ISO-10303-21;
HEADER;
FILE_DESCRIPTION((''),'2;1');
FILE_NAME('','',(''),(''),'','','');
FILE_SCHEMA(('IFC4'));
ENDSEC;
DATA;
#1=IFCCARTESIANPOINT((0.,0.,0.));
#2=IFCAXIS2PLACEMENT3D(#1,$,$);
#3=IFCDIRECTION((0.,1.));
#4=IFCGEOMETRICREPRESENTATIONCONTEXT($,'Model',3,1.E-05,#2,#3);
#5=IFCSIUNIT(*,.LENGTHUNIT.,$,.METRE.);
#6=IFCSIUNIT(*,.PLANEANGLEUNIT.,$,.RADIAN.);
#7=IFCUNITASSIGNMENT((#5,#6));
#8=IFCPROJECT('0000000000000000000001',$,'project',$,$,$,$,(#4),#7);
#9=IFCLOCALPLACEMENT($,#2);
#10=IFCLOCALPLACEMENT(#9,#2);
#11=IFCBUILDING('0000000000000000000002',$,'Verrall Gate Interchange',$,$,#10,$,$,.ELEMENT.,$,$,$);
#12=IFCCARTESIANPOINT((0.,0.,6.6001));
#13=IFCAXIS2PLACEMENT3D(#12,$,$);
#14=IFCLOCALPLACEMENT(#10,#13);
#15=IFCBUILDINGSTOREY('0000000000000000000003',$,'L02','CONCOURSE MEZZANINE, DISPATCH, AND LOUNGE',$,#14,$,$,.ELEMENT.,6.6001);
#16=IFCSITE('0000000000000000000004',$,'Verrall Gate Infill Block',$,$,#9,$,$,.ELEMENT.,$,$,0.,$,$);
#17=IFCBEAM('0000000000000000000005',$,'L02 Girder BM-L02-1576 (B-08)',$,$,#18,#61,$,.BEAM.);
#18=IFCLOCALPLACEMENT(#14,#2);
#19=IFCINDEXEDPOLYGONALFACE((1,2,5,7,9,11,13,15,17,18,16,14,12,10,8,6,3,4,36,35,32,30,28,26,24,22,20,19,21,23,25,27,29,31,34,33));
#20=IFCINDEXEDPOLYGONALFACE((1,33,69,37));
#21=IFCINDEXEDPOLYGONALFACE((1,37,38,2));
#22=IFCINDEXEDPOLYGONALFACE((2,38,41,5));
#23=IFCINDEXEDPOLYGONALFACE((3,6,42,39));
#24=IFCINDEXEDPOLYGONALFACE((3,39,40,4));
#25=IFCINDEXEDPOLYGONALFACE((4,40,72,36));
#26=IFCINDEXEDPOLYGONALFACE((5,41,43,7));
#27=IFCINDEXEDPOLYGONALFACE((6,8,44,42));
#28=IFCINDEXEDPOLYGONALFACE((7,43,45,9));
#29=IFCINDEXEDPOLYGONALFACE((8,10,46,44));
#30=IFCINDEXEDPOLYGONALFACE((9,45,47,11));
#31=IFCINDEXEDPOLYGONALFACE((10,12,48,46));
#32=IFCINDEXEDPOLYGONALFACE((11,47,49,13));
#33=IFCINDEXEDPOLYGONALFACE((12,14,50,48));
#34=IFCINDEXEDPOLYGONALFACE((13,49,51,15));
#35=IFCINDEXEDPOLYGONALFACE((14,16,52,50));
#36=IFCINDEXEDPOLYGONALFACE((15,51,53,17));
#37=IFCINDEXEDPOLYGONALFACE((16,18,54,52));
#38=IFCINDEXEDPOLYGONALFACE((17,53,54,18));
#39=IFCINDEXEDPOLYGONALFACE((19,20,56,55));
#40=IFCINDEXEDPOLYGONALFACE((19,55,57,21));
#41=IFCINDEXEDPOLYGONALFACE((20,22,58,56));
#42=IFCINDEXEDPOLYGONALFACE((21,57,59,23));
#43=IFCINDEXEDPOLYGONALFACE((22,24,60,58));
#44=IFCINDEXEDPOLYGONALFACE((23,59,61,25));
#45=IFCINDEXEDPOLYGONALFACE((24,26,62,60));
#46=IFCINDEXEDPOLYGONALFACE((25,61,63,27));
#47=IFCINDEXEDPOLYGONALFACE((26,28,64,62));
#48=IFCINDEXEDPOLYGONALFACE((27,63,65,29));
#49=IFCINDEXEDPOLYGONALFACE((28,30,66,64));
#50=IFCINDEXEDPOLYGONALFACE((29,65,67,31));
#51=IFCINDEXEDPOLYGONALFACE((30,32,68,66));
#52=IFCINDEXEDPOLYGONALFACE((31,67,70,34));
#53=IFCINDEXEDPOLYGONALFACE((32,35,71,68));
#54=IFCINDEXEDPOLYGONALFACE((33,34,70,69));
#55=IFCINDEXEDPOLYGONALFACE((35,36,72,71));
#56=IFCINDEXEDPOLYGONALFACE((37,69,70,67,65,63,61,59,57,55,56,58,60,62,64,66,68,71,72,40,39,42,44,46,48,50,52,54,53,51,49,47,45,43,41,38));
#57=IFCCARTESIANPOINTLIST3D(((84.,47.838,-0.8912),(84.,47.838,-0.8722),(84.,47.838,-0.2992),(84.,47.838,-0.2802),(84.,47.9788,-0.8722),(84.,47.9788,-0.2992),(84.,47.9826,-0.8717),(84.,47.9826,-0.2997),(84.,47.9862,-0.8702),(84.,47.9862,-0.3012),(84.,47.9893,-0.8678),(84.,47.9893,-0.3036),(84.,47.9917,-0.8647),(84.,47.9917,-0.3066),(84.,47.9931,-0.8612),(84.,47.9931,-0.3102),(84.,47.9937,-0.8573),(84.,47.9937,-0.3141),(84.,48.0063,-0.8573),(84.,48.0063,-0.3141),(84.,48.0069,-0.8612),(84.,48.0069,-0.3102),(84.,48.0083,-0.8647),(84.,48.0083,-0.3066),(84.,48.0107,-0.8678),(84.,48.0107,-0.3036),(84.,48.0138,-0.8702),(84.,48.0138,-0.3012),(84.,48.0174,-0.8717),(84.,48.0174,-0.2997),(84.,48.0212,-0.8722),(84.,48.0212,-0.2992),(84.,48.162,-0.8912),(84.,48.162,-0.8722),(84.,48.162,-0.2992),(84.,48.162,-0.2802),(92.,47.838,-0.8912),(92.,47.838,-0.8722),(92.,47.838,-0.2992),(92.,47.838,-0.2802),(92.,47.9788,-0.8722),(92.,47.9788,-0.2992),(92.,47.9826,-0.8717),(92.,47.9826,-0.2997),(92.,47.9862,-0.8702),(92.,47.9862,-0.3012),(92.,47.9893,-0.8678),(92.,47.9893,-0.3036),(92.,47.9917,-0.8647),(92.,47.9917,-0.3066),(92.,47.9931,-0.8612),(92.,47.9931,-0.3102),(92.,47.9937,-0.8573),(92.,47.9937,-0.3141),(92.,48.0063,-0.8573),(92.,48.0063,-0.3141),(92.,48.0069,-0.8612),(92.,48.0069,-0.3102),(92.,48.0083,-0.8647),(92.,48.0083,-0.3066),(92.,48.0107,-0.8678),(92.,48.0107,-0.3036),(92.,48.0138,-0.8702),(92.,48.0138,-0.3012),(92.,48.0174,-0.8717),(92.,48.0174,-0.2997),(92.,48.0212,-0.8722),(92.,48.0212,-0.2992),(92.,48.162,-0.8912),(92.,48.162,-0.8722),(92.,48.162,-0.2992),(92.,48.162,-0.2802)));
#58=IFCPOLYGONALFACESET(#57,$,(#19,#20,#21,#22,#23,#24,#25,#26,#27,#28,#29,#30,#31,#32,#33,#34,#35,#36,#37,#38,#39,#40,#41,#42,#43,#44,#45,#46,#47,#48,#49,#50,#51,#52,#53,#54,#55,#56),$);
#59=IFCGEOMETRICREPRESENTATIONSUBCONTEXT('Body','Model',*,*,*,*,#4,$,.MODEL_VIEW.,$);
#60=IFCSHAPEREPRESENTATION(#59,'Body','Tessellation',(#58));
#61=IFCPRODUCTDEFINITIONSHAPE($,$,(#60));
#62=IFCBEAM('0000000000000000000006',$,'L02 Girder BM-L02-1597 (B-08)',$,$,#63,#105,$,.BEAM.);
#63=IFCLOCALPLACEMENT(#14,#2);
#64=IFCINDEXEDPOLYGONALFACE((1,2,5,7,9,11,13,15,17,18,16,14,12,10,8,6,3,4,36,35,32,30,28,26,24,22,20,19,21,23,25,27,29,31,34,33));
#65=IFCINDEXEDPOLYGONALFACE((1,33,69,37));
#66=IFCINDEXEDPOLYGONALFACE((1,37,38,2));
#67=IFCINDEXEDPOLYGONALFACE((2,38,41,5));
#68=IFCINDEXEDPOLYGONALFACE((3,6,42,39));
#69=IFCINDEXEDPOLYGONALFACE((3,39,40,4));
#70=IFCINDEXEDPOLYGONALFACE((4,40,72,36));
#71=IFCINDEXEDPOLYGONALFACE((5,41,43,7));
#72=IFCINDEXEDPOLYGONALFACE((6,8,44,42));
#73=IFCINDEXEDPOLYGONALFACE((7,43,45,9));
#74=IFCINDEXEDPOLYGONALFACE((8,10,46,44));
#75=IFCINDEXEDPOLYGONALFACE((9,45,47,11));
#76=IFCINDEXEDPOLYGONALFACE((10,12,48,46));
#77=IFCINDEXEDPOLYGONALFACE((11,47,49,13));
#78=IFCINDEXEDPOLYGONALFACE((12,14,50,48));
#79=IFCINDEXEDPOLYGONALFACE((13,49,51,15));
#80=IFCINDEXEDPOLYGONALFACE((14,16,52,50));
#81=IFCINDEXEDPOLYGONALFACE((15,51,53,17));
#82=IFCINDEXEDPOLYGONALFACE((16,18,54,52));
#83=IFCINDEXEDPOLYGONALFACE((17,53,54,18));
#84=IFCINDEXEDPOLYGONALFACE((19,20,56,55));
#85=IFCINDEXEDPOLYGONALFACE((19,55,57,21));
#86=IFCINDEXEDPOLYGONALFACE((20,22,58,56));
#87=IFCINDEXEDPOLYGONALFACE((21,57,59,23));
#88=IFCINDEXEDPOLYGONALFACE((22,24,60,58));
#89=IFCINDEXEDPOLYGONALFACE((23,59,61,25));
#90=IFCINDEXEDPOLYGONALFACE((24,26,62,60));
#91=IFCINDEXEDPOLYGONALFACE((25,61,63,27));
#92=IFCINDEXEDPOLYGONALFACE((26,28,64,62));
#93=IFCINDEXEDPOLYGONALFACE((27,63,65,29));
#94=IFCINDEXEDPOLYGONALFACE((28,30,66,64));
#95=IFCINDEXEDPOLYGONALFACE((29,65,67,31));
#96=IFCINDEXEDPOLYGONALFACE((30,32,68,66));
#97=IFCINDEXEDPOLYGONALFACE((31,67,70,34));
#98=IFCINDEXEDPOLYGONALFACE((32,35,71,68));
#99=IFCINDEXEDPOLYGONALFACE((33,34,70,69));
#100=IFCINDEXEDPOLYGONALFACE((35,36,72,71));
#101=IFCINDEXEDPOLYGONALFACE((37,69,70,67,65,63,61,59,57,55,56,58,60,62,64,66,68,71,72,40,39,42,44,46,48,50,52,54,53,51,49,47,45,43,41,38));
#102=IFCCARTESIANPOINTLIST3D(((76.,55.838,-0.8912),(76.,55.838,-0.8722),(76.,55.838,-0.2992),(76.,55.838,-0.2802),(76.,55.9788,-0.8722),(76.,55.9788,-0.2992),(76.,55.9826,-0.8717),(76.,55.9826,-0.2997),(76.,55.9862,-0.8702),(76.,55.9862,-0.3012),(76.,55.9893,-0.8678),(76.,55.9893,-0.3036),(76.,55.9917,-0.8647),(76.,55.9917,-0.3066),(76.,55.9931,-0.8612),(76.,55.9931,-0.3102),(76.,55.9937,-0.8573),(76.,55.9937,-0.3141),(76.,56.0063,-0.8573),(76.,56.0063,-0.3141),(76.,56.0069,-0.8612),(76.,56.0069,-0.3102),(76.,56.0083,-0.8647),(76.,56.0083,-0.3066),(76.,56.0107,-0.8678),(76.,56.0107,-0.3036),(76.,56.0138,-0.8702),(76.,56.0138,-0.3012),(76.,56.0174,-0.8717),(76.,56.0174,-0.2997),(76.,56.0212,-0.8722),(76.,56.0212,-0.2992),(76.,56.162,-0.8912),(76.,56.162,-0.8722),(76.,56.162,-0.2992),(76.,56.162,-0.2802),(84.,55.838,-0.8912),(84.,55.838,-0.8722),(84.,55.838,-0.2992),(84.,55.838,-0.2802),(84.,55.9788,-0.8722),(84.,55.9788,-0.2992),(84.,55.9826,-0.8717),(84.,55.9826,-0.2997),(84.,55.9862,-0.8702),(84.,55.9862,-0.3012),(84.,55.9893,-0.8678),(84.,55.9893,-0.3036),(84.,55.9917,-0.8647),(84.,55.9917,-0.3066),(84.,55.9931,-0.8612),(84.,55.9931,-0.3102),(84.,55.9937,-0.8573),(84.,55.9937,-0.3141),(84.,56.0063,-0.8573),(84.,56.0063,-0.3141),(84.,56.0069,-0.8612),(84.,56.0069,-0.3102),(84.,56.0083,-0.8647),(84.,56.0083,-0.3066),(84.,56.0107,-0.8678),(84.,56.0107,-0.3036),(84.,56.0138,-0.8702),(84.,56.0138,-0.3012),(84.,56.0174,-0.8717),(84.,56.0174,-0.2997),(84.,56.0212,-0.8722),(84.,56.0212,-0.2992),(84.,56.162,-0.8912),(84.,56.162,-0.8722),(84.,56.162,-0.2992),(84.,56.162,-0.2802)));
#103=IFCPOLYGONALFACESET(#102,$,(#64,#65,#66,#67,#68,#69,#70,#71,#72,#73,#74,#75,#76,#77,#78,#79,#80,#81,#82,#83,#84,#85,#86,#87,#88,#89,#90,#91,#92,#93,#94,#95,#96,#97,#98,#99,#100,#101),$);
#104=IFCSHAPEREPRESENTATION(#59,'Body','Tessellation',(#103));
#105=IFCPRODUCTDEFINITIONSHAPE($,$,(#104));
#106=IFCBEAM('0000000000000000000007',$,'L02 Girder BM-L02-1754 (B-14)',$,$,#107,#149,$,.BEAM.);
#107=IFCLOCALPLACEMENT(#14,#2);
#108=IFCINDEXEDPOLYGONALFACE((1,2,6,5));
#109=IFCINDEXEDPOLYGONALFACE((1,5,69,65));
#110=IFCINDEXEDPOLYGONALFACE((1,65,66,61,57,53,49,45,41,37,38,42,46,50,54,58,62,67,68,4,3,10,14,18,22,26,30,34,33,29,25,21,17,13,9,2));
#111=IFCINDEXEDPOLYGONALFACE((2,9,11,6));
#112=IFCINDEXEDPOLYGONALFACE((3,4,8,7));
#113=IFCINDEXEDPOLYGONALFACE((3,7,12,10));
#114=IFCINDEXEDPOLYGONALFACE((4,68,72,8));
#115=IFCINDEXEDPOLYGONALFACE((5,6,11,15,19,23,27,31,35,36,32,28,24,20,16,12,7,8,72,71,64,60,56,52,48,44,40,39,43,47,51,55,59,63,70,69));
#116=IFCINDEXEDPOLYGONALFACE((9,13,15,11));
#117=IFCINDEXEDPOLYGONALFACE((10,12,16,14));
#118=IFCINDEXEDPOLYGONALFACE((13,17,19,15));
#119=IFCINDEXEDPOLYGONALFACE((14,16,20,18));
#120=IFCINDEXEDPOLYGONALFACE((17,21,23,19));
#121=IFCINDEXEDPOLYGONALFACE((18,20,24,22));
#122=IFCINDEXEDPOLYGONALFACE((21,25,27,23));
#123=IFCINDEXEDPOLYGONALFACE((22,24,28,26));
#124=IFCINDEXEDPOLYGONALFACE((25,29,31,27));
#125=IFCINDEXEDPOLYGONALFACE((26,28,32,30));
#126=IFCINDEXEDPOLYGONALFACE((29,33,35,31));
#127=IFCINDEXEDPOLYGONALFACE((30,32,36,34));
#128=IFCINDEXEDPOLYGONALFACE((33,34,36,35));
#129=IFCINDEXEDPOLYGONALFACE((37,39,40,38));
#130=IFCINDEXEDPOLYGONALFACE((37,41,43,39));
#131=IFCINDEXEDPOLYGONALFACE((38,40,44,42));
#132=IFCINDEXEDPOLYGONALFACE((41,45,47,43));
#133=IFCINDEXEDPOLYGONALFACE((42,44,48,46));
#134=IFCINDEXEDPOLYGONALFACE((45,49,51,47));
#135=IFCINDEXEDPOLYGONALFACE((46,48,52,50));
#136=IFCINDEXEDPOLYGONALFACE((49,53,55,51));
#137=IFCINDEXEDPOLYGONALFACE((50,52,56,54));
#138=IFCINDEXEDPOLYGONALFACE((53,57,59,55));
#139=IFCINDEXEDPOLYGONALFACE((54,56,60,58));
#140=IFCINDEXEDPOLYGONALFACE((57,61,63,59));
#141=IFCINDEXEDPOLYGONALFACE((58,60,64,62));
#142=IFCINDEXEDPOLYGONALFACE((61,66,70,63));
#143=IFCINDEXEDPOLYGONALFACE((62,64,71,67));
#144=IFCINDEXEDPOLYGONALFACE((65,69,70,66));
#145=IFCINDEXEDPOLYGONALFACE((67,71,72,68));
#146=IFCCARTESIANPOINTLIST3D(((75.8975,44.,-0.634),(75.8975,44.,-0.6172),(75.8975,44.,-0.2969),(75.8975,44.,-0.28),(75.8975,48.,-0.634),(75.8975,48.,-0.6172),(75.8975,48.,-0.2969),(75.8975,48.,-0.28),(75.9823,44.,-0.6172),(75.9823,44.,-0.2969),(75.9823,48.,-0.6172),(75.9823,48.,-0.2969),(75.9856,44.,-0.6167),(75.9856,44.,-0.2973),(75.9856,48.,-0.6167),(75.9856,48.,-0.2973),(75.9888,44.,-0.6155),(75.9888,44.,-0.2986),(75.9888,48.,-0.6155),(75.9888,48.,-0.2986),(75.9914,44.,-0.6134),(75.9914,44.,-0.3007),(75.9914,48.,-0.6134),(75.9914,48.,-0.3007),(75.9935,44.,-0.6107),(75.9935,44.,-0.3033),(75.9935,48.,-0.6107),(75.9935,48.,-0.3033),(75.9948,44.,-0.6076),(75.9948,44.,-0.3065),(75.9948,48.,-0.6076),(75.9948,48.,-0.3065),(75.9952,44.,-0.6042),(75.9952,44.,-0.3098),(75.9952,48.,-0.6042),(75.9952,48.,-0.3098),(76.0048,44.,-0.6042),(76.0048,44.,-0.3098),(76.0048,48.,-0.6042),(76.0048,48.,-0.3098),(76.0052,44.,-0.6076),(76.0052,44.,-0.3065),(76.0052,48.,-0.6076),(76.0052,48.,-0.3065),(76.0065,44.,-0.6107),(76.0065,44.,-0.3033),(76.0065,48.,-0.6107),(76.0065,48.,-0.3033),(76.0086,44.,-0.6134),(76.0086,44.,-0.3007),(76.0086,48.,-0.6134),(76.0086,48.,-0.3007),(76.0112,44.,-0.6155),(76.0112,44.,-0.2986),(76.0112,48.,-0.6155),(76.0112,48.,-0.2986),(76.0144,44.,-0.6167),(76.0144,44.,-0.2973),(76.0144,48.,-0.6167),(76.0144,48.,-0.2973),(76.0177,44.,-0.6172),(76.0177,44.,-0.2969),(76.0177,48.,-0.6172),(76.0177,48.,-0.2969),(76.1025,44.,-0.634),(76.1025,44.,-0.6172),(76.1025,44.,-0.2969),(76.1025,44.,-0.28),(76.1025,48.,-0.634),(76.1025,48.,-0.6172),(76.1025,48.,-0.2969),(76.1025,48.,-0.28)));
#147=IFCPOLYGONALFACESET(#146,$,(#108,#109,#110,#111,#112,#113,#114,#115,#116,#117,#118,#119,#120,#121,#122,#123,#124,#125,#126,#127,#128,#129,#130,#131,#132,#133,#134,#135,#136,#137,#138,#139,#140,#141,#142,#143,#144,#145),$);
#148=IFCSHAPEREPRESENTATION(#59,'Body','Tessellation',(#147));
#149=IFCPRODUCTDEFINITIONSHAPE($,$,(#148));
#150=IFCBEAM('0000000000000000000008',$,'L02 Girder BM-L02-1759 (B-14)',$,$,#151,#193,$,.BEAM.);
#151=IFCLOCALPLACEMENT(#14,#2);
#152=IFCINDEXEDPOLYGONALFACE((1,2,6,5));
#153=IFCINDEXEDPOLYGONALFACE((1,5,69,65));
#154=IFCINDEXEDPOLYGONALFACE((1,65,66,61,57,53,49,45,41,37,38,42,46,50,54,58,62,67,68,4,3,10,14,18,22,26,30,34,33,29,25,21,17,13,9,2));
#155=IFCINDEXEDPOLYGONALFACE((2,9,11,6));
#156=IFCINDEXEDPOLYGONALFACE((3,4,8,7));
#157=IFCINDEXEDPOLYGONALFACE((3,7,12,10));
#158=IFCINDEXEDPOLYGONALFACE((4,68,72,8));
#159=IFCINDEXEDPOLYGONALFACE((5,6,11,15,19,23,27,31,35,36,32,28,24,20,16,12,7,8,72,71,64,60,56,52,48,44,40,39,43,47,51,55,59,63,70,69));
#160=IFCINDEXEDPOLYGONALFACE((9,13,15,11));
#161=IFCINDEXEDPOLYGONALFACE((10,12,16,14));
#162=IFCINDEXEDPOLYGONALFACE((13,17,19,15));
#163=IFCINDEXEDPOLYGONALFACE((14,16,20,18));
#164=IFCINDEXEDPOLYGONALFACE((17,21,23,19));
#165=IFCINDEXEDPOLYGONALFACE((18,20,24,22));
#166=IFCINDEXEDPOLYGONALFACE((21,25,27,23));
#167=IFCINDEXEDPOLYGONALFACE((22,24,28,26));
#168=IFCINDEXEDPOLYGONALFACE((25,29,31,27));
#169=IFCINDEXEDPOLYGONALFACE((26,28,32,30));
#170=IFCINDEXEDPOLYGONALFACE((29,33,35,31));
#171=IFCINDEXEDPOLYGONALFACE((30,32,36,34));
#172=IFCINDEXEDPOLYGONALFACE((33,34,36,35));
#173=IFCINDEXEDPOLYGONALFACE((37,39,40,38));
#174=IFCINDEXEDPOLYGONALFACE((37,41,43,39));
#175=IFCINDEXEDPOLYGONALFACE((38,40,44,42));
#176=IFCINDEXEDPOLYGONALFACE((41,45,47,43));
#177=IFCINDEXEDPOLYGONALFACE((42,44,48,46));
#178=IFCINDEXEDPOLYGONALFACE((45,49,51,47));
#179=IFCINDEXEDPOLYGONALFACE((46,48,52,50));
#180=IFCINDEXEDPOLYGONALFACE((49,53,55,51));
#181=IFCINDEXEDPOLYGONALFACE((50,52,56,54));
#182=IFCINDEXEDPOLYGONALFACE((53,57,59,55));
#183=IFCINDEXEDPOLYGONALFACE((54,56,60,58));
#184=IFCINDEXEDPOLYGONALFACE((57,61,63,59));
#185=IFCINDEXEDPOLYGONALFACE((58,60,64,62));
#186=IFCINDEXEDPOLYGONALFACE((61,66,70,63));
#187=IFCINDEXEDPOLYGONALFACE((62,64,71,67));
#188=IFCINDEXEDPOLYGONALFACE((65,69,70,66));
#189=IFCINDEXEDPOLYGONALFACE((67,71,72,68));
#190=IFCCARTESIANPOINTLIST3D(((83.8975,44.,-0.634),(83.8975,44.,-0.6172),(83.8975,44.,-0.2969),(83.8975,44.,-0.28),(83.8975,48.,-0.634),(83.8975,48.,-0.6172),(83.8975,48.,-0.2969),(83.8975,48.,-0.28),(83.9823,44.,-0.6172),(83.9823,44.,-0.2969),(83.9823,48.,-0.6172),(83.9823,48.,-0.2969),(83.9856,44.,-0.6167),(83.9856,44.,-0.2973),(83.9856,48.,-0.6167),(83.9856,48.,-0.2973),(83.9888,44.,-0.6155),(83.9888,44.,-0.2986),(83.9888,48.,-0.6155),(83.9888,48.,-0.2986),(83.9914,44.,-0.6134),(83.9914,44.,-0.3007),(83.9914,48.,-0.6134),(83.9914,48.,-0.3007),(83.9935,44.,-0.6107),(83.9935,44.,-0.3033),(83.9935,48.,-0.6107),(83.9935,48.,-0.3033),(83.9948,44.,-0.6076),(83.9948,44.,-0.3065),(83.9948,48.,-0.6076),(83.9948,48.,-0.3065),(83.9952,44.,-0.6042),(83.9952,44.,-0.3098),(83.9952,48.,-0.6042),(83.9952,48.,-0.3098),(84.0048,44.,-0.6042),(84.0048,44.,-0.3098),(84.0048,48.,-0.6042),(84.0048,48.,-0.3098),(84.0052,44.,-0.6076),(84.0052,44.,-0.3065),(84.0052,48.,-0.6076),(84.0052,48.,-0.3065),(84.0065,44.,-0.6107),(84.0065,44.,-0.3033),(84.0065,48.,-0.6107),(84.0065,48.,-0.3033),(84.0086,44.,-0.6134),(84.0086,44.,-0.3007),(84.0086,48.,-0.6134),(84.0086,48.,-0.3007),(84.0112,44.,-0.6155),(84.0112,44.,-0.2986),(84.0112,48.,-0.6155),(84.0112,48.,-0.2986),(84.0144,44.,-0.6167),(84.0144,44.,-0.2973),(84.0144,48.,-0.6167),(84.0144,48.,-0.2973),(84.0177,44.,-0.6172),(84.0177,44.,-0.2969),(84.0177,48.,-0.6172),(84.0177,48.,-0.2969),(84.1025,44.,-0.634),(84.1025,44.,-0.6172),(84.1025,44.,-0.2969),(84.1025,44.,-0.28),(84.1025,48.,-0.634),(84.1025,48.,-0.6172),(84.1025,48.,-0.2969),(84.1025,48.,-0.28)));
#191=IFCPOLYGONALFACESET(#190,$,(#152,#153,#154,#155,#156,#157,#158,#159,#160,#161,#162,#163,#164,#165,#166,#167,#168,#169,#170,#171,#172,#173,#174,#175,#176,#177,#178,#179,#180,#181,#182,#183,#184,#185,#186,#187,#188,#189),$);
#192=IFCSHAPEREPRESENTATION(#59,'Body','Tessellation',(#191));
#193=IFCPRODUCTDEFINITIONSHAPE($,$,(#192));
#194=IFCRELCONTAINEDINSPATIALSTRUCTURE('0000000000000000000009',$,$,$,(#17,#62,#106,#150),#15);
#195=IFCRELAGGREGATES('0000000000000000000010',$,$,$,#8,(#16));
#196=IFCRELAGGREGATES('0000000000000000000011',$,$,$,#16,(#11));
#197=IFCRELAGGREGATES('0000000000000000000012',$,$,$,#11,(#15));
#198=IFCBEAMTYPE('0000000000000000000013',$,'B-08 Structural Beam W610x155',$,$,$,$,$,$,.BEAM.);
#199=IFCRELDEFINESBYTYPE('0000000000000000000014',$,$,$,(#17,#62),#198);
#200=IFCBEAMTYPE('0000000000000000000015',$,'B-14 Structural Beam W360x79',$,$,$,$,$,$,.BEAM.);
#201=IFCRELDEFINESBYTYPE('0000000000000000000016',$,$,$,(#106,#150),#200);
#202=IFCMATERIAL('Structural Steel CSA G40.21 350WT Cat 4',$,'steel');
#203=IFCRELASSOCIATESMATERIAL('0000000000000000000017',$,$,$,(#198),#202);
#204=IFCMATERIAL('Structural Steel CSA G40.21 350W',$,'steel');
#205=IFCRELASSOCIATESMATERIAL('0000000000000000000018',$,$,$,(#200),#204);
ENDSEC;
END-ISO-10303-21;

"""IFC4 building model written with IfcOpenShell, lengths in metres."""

from ifc_helpers import new_model, si_unit, direction, frame, origin, origin_2d, place, context, subcontext, project, spatial, i_section, extrude, material, material_profile, profile_set, type_object, element, save


model = new_model("IFC4")

# Units and contexts
model_context = context("Model", 3, precision=1e-05, world=origin(), true_north=direction((0.0, 1.0)))
body_context = subcontext(model_context, "Body", "Model", "MODEL_VIEW")
ifc_project = project(units=[si_unit("LENGTHUNIT", "METRE"), si_unit("PLANEANGLEUNIT", "RADIAN")], contexts=[model_context])

# Site, building, storey
site_placement = place(None, origin())
site = spatial("IfcSite", under=ifc_project, at=site_placement, Name="Verrall Gate Infill Block", CompositionType="ELEMENT", RefElevation=0.0)
building_placement = place(site_placement, origin())
building = spatial("IfcBuilding", under=site, at=building_placement, Name="Verrall Gate Interchange", CompositionType="ELEMENT")
storey_placement = place(building_placement, frame((0.0, 0.0, 6.6001)))
storey = spatial("IfcBuildingStorey", under=building, at=storey_placement, Name="L02", Description="CONCOURSE MEZZANINE, DISPATCH, AND LOUNGE", CompositionType="ELEMENT", Elevation=6.6001)

# Beams
ifc_material_1 = material(Name="Structural Steel CSA G40.21 350WT Cat 4", Category="steel")
ifc_material_profile_1 = material_profile(ifc_material_1, i_section(OverallWidth=0.324, OverallDepth=0.6111, WebThickness=0.0127, FlangeThickness=0.019, FilletRadius=0.0149, at=origin_2d()), Name="W610x155")
ifc_profile_set_1 = profile_set([ifc_material_profile_1], Name="Structural Steel CSA G40.21 350WT Cat 4")
beam_type_1 = type_object("IfcBeamType", Name="B-08 Structural Beam W610x155", PredefinedType="BEAM", material=ifc_profile_set_1)
for number, where, z_axis, x_axis, name in (
    (1, (84.0, 48.0, -0.5857), (1.0, 0.0, 0.0), (0.0, 1.0, 0.0), "L02 Girder BM-L02-1576 (B-08)"),
    (2, (76.0, 56.0, -0.5857), (1.0, 0.0, 0.0), (0.0, 1.0, 0.0), "L02 Girder BM-L02-1597 (B-08)"),
):
    element("IfcBeam", number, at=place(storey_placement, frame(where, z_axis=z_axis, x_axis=x_axis)), inside=storey, type_object=beam_type_1, Name=name, PredefinedType="BEAM", context=body_context, shape_type="SweptSolid", body=[
        extrude(i_section(OverallWidth=0.324, OverallDepth=0.6111, WebThickness=0.0127, FlangeThickness=0.019, FilletRadius=0.0149, at=origin_2d()), origin(), (0.0, 0.0, 1.0), 8.0),
    ])
ifc_material_2 = material(Name="Structural Steel CSA G40.21 350W", Category="steel")
ifc_material_profile_2 = material_profile(ifc_material_2, i_section(OverallWidth=0.2051, OverallDepth=0.354, WebThickness=0.0095, FlangeThickness=0.0168, FilletRadius=0.0129, at=origin_2d()), Name="W360x79")
ifc_profile_set_2 = profile_set([ifc_material_profile_2], Name="Structural Steel CSA G40.21 350W")
beam_type_2 = type_object("IfcBeamType", Name="B-14 Structural Beam W360x79", PredefinedType="BEAM", material=ifc_profile_set_2)
for number, where, z_axis, x_axis, name in (
    (3, (76.0, 44.0, -0.457), (0.0, 1.0, 0.0), (-1.0, 0.0, 0.0), "L02 Girder BM-L02-1754 (B-14)"),
    (4, (84.0, 44.0, -0.457), (0.0, 1.0, 0.0), (-1.0, 0.0, 0.0), "L02 Girder BM-L02-1759 (B-14)"),
):
    element("IfcBeam", number, at=place(storey_placement, frame(where, z_axis=z_axis, x_axis=x_axis)), inside=storey, type_object=beam_type_2, Name=name, PredefinedType="BEAM", context=body_context, shape_type="SweptSolid", body=[
        extrude(i_section(OverallWidth=0.2051, OverallDepth=0.354, WebThickness=0.0095, FlangeThickness=0.0168, FilletRadius=0.0129, at=origin_2d()), origin(), (0.0, 0.0, 1.0), 4.0),
    ])

save(model, "model.ifc")
